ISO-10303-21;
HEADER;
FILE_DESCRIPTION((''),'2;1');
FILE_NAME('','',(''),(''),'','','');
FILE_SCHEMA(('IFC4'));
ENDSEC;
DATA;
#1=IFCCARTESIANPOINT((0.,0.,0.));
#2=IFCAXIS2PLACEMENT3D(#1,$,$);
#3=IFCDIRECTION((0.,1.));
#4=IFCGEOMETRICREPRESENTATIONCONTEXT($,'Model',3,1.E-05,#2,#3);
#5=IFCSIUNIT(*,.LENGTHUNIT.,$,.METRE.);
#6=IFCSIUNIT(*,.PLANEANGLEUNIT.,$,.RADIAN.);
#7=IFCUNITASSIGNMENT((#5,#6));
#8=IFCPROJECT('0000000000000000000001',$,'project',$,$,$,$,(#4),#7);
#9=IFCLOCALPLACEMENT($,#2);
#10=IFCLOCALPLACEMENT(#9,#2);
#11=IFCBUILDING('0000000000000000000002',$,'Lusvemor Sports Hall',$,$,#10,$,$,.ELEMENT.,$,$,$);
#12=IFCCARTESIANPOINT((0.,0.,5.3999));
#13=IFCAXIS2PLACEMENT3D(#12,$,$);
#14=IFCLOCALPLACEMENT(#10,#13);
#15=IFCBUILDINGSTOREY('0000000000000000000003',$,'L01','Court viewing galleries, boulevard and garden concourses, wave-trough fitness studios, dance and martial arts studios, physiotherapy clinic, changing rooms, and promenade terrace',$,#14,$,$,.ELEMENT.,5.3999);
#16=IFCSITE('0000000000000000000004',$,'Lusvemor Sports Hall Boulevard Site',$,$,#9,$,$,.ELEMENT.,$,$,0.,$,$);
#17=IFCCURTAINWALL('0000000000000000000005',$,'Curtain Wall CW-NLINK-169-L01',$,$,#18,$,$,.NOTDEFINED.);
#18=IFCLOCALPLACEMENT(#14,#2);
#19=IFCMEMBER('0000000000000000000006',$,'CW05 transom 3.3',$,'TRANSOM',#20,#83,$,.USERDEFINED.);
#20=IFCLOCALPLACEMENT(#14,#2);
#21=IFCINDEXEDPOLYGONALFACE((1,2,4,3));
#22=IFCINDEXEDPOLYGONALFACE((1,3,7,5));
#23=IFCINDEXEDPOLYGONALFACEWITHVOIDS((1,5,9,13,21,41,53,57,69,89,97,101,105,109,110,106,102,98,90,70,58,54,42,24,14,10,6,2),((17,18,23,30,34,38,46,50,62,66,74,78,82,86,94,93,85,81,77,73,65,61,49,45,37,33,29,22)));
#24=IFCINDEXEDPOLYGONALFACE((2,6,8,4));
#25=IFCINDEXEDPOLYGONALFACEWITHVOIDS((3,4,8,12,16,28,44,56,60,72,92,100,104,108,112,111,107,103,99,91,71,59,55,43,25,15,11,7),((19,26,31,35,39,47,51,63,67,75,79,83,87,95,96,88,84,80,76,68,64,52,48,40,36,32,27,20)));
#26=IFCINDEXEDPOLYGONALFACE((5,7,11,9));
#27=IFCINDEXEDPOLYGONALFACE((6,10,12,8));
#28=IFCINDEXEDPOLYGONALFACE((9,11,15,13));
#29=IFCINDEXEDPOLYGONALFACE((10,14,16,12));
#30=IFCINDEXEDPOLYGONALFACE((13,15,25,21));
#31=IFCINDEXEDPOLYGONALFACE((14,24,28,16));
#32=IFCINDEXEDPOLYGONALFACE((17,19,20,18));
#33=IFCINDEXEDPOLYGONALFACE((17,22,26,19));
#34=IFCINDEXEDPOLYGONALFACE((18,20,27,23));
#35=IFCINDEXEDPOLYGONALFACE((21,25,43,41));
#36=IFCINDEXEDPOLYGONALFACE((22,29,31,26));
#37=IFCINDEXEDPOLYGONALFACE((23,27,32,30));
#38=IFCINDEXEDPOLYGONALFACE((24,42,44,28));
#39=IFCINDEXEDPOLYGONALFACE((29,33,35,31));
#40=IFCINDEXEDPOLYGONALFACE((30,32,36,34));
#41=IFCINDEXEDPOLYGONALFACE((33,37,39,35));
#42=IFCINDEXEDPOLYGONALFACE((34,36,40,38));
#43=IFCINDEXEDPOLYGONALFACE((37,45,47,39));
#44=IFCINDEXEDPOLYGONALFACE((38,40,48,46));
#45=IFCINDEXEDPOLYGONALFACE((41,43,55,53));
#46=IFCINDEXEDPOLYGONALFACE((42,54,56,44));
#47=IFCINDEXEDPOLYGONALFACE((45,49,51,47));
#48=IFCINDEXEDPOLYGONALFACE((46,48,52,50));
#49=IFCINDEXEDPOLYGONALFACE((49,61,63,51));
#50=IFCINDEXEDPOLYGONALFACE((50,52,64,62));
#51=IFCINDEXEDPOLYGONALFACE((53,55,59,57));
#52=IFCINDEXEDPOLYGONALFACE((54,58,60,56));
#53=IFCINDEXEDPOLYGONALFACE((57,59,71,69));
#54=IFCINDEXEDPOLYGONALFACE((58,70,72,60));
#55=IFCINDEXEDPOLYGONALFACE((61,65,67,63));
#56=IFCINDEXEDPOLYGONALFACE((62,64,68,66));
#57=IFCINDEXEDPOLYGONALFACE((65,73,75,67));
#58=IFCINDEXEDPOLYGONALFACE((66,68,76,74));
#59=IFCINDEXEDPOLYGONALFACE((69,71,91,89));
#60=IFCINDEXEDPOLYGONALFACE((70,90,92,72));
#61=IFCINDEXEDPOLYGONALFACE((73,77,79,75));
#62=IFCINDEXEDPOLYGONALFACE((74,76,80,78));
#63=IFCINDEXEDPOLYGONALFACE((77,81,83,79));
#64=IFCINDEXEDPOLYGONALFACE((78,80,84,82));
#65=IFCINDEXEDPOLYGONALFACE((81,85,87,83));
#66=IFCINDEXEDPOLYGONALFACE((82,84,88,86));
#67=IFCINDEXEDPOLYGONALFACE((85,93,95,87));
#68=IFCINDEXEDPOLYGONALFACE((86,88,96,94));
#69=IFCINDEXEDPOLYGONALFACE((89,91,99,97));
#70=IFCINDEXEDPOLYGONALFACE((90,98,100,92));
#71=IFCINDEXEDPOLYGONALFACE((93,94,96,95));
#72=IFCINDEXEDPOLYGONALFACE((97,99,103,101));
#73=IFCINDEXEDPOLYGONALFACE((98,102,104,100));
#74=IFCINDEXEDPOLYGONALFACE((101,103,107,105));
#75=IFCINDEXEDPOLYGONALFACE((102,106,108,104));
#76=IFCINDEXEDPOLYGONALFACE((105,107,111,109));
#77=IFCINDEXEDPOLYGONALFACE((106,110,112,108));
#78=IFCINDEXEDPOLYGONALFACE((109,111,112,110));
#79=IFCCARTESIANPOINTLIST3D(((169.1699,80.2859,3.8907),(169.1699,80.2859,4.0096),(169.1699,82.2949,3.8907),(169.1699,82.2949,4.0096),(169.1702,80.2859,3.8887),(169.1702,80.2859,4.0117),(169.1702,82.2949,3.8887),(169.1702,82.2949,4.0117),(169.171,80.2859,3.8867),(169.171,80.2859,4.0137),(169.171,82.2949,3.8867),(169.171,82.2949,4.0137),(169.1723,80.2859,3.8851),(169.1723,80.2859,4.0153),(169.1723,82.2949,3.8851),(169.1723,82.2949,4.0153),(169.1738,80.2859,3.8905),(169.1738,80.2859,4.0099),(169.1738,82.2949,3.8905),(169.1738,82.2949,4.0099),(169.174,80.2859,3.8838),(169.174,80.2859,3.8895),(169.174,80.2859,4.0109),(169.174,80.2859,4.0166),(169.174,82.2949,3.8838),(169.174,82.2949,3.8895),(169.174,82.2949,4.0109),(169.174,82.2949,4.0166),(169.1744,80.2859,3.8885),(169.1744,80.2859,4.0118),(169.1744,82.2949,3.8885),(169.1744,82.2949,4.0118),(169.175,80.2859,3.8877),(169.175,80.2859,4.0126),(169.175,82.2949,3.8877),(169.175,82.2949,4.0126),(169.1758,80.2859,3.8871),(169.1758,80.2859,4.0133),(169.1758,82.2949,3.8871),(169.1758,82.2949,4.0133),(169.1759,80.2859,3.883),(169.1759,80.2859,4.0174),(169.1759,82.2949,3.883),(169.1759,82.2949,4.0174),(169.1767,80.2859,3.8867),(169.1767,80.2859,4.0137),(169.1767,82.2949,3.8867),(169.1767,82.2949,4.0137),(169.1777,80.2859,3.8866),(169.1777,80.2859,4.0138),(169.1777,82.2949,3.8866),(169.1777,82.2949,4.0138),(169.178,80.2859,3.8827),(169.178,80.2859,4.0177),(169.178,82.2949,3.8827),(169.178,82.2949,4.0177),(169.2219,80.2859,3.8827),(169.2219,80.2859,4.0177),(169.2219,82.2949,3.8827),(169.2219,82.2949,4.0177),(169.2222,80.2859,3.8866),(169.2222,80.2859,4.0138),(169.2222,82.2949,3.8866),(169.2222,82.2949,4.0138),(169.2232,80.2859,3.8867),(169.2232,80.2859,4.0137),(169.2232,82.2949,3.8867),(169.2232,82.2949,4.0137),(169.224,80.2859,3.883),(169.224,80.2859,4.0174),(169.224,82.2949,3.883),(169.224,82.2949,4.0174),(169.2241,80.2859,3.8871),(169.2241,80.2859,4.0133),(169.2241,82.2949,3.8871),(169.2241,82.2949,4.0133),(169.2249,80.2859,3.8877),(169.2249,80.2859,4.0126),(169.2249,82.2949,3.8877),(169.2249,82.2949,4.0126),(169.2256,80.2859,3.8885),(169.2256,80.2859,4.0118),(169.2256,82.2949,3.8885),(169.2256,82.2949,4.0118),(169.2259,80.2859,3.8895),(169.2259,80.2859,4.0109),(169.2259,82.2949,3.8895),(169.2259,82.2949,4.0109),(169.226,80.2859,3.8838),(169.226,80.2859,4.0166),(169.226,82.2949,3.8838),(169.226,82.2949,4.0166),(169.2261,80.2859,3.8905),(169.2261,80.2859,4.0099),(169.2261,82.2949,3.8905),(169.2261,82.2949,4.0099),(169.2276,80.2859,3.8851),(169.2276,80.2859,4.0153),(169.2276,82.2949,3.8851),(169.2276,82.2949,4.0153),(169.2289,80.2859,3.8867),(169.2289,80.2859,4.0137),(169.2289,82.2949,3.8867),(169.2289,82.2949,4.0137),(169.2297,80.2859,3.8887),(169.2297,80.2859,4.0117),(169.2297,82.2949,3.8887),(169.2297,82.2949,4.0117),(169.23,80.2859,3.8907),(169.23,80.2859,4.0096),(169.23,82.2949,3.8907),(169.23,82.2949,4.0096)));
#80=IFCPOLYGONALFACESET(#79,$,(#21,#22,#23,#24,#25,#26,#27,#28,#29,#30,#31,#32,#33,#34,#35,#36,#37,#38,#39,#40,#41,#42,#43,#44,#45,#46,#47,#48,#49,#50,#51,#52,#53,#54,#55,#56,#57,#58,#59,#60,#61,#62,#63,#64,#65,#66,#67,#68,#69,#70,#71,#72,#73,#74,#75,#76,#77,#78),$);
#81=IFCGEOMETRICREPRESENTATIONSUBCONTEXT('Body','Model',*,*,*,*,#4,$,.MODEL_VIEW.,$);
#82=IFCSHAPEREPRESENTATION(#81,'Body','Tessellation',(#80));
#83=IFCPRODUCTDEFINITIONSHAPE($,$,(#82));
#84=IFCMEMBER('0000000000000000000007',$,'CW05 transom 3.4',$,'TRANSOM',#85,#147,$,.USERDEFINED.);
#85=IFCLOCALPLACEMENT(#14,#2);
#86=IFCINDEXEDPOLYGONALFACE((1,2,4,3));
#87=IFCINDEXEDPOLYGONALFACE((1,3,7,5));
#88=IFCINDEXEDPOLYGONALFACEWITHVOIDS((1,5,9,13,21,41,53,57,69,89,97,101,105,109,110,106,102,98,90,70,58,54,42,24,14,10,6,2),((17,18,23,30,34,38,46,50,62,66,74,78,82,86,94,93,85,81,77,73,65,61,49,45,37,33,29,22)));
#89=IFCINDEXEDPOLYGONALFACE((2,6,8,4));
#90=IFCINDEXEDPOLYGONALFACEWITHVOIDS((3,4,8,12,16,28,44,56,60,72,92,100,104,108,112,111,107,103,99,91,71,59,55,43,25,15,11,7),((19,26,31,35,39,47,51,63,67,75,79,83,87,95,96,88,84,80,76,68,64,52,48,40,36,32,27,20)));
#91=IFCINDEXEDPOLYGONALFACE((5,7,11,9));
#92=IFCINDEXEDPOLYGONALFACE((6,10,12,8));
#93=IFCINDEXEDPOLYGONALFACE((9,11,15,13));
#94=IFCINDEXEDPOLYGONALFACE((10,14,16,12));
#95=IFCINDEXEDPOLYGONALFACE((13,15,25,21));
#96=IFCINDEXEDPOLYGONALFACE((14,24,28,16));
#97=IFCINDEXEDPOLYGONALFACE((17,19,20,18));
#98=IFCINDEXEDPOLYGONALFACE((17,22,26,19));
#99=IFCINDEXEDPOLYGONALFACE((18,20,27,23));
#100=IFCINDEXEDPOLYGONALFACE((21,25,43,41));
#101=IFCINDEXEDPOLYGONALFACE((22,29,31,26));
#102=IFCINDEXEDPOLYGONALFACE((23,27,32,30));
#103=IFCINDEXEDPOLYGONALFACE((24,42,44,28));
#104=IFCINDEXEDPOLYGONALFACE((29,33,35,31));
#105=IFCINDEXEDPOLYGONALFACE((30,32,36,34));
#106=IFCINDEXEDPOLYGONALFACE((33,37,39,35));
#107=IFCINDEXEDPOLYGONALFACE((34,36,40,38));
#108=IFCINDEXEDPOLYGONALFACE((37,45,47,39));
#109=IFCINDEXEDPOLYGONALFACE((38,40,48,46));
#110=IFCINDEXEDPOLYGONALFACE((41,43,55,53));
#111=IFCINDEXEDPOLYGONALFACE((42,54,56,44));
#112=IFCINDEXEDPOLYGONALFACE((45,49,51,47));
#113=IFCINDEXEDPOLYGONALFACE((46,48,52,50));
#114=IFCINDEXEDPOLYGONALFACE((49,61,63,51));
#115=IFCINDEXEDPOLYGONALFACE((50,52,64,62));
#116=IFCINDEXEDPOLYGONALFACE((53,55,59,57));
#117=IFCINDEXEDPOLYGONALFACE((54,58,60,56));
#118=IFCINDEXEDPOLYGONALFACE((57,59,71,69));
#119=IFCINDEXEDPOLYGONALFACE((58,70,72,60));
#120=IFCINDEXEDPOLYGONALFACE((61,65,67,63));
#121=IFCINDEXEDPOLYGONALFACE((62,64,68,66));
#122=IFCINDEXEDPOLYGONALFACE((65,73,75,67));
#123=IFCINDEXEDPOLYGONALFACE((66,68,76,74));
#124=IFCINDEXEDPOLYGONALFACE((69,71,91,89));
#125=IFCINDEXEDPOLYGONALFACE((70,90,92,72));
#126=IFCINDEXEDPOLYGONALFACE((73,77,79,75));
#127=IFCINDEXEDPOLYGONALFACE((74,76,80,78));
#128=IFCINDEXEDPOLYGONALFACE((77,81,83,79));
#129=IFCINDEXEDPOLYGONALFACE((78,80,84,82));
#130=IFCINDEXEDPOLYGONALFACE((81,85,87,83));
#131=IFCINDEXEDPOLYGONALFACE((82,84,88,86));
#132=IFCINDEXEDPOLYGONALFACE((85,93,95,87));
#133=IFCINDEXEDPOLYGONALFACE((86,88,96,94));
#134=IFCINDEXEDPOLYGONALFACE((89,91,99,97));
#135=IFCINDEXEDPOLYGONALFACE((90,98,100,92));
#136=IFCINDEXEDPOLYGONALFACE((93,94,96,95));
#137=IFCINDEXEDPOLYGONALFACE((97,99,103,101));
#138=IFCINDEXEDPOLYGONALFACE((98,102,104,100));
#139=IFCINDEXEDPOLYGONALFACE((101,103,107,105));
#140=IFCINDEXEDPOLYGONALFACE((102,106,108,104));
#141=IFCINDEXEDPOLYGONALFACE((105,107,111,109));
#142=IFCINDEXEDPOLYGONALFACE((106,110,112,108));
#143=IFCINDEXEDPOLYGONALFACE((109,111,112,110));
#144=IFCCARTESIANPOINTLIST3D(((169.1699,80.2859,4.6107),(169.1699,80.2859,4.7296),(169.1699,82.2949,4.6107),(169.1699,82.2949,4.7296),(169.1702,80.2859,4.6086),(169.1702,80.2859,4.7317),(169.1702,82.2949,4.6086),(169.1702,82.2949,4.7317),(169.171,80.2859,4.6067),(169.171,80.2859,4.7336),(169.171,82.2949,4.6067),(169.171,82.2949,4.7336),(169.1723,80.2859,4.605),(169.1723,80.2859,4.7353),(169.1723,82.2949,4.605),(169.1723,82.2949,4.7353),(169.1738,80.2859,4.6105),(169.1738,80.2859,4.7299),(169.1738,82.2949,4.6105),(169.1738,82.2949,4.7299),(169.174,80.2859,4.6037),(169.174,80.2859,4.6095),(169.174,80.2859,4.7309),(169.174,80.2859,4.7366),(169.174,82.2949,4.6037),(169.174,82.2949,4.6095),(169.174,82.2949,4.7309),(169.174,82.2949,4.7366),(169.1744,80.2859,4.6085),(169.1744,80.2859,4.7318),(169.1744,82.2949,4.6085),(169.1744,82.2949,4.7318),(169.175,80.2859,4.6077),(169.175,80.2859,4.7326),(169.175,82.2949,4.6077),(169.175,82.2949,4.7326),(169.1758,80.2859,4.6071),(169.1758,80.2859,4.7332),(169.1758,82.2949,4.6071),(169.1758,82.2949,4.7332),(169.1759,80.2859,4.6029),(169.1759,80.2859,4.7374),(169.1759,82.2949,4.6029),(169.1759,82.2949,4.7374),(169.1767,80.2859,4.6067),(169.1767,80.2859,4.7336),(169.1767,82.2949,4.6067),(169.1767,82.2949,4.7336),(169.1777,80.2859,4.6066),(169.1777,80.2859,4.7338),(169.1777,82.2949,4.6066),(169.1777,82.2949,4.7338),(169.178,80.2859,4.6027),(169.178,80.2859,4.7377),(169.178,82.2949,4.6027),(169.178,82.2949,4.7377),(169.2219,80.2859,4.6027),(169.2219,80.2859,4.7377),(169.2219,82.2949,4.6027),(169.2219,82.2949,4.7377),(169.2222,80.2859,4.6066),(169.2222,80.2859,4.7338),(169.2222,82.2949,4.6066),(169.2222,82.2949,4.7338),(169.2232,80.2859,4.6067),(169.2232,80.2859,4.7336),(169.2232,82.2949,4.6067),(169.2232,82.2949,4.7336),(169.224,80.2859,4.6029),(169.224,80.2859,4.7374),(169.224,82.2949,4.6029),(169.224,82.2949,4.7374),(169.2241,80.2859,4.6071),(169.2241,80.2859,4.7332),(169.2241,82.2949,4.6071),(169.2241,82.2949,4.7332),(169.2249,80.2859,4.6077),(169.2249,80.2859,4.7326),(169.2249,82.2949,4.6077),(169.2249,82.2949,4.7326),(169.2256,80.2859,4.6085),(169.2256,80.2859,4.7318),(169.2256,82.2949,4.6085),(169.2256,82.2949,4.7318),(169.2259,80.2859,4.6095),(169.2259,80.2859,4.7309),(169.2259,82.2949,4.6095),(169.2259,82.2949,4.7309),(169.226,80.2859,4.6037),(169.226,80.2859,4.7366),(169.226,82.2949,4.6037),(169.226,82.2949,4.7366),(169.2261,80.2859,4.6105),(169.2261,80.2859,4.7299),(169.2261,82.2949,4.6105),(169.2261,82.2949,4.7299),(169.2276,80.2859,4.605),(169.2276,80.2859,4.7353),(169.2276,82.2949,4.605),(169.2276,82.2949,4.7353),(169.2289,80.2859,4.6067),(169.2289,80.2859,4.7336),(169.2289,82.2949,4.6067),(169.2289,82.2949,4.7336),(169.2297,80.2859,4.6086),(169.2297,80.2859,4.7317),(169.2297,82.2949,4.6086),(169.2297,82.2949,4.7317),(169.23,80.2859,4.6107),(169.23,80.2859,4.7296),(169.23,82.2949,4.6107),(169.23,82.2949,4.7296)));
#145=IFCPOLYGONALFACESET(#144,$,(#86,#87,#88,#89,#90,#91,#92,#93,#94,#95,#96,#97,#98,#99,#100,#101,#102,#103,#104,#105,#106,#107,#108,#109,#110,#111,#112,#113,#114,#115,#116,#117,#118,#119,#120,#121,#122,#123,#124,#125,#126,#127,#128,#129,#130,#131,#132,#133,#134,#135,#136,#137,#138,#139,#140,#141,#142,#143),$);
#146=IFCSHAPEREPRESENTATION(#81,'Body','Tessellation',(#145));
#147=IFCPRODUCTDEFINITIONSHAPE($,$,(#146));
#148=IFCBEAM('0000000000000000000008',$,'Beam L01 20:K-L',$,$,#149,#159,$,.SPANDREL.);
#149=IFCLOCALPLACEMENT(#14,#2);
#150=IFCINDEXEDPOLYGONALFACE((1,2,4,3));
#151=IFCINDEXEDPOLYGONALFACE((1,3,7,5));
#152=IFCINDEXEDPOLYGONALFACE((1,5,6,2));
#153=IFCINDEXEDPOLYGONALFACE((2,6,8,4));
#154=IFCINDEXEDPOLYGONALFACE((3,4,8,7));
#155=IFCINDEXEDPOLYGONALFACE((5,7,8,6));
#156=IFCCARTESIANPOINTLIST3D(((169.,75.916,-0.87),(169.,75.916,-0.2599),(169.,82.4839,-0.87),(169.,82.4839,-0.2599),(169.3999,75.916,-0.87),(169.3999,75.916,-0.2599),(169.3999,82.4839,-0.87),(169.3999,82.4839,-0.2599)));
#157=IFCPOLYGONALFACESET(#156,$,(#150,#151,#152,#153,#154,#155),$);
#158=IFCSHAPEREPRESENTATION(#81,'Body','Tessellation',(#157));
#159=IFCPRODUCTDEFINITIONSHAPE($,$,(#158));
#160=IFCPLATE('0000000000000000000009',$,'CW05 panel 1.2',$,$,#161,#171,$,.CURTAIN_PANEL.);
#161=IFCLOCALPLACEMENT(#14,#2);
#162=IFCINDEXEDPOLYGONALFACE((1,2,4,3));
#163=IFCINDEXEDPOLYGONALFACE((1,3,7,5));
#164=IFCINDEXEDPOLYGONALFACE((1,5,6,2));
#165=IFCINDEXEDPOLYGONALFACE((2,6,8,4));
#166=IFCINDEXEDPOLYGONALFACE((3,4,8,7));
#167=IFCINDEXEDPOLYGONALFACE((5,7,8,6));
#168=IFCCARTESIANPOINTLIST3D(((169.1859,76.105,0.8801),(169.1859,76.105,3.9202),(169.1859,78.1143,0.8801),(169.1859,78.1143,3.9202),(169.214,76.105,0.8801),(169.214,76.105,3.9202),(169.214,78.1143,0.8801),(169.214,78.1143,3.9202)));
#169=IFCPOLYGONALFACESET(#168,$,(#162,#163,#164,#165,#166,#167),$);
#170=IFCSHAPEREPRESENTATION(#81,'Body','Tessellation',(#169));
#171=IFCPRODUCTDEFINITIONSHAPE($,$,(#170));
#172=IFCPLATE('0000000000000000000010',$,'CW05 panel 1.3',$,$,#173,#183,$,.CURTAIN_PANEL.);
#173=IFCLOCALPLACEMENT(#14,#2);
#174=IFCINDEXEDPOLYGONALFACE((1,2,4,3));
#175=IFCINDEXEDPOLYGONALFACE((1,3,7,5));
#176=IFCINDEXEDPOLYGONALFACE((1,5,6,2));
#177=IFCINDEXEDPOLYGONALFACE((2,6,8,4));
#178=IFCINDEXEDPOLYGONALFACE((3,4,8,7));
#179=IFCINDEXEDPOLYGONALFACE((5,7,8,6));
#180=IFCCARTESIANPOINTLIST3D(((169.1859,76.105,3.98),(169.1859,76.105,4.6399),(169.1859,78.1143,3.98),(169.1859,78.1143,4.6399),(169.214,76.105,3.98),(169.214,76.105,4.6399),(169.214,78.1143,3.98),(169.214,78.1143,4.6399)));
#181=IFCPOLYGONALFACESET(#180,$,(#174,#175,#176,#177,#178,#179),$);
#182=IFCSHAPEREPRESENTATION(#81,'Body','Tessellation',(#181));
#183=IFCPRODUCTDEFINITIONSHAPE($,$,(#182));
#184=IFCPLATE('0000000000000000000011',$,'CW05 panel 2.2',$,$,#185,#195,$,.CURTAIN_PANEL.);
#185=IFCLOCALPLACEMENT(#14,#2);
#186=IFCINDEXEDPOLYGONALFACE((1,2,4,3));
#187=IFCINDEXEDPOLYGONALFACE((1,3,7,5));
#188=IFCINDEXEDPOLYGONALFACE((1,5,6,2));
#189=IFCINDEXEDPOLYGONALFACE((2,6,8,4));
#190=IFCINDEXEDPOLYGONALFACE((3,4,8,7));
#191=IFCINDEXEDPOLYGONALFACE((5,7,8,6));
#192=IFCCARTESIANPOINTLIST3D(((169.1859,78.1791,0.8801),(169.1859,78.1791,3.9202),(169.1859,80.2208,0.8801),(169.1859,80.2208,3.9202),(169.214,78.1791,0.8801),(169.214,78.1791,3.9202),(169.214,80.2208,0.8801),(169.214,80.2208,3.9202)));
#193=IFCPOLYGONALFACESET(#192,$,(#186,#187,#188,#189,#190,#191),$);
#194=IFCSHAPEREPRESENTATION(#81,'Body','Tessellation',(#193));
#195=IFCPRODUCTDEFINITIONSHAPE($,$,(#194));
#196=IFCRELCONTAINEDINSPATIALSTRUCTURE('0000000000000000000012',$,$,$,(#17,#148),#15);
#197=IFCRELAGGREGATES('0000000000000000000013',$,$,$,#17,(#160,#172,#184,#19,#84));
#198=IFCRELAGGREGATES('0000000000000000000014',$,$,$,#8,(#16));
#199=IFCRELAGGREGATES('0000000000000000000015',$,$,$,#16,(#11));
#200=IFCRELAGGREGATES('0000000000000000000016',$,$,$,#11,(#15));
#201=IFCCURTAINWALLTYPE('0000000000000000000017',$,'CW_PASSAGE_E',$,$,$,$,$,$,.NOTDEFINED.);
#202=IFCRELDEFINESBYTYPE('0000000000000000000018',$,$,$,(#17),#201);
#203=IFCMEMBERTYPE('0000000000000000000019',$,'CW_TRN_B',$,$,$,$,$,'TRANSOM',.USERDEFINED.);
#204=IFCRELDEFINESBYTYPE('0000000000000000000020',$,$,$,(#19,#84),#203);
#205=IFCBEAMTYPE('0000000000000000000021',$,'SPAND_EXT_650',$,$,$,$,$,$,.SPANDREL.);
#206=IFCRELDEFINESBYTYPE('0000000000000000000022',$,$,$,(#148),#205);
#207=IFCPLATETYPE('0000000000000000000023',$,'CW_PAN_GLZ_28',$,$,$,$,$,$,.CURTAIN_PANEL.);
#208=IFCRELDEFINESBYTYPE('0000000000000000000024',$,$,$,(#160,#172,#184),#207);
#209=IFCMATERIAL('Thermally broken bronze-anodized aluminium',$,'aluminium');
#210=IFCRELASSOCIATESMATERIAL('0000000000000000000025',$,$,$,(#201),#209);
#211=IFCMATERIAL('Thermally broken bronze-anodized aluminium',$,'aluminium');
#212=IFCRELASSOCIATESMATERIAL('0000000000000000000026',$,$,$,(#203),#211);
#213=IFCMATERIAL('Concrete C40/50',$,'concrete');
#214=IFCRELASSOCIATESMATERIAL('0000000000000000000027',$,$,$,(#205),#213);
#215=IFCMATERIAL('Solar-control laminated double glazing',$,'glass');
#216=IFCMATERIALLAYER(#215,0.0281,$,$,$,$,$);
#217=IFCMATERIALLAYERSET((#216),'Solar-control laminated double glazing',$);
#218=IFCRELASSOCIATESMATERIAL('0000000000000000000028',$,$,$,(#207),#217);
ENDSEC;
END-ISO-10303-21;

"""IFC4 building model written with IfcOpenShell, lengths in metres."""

from ifc_helpers import new_model, si_unit, direction, frame, origin, origin_2d, place, context, subcontext, project, spatial, rectangle, hollow_rectangle, extrude, material, layer, layer_set, material_profile, profile_set, type_object, element, aggregate, save


model = new_model("IFC4")

# Units and contexts
model_context = context("Model", 3, precision=1e-05, world=origin(), true_north=direction((0.0, 1.0)))
body_context = subcontext(model_context, "Body", "Model", "MODEL_VIEW")
ifc_project = project(units=[si_unit("LENGTHUNIT", "METRE"), si_unit("PLANEANGLEUNIT", "RADIAN")], contexts=[model_context])

# Site, building, storey
site_placement = place(None, origin())
site = spatial("IfcSite", under=ifc_project, at=site_placement, Name="Lusvemor Sports Hall Boulevard Site", CompositionType="ELEMENT", RefElevation=0.0)
building_placement = place(site_placement, origin())
building = spatial("IfcBuilding", under=site, at=building_placement, Name="Lusvemor Sports Hall", CompositionType="ELEMENT")
storey_placement = place(building_placement, frame((0.0, 0.0, 5.3999)))
storey = spatial("IfcBuildingStorey", under=building, at=storey_placement, Name="L01", Description="Court viewing galleries, boulevard and garden concourses, wave-trough fitness studios, dance and martial arts studios, physiotherapy clinic, changing rooms, and promenade terrace", CompositionType="ELEMENT", Elevation=5.3999)

# Curtain wall, members
ifc_material_1 = material(Name="Thermally broken bronze-anodized aluminium", Category="aluminium")
curtain_wall_type = type_object("IfcCurtainWallType", Name="CW_PASSAGE_E", PredefinedType="NOTDEFINED", material=ifc_material_1)
curtain_wall_placement = place(storey_placement, origin())
curtain_wall = element("IfcCurtainWall", 1, at=curtain_wall_placement, inside=storey, type_object=curtain_wall_type, Name="Curtain Wall CW-NLINK-169-L01", PredefinedType="NOTDEFINED")
ifc_material_2 = material(Name="Thermally broken bronze-anodized aluminium", Category="aluminium")
ifc_material_profile_1 = material_profile(ifc_material_2, hollow_rectangle(XDim=0.0601, YDim=0.135, WallThickness=0.0039, InnerFilletRadius=0.0039, OuterFilletRadius=0.0081, at=origin_2d()), Name="CWTRN135x60x4")
ifc_profile_set_1 = profile_set([ifc_material_profile_1], Name="Thermally broken bronze-anodized aluminium")
member_type_1 = type_object("IfcMemberType", Name="CW_TRN_B", ElementType="TRANSOM", PredefinedType="USERDEFINED", material=ifc_profile_set_1)
member_1_placement = place(storey_placement, frame((169.2, 80.2859, 3.9502), z_axis=(0.0, 1.0, 0.0), x_axis=(-1.0, 0.0, 0.0)))
member_1 = element("IfcMember", 2, at=member_1_placement, type_object=member_type_1, Name="CW05 transom 3.3", ObjectType="TRANSOM", PredefinedType="USERDEFINED", context=body_context, shape_type="SweptSolid", body=[
    extrude(hollow_rectangle(XDim=0.0601, YDim=0.135, WallThickness=0.0039, InnerFilletRadius=0.0039, OuterFilletRadius=0.0081, at=origin_2d()), origin(), (0.0, 0.0, 1.0), 2.009),
])
member_2_placement = place(storey_placement, frame((169.2, 80.2859, 4.6702), z_axis=(0.0, 1.0, 0.0), x_axis=(-1.0, 0.0, 0.0)))
member_2 = element("IfcMember", 3, at=member_2_placement, type_object=member_type_1, Name="CW05 transom 3.4", ObjectType="TRANSOM", PredefinedType="USERDEFINED", context=body_context, shape_type="SweptSolid", body=[
    extrude(hollow_rectangle(XDim=0.0601, YDim=0.135, WallThickness=0.0039, InnerFilletRadius=0.0039, OuterFilletRadius=0.0081, at=origin_2d()), origin(), (0.0, 0.0, 1.0), 2.009),
])

# Beam
ifc_material_3 = material(Name="Concrete C40/50", Category="concrete")
ifc_material_profile_2 = material_profile(ifc_material_3, rectangle(XDim=0.3999, YDim=0.6101, at=origin_2d()), Name="RC400x610")
ifc_profile_set_2 = profile_set([ifc_material_profile_2], Name="Concrete C40/50")
beam_type = type_object("IfcBeamType", Name="SPAND_EXT_650", PredefinedType="SPANDREL", material=ifc_profile_set_2)
beam_placement = place(storey_placement, frame((169.2, 75.916, -0.5649), z_axis=(0.0, 1.0, 0.0), x_axis=(-1.0, 0.0, 0.0)))
element("IfcBeam", 4, at=beam_placement, inside=storey, type_object=beam_type, Name="Beam L01 20:K-L", PredefinedType="SPANDREL", context=body_context, shape_type="SweptSolid", body=[
    extrude(rectangle(XDim=0.3999, YDim=0.6101, at=origin_2d()), origin(), (0.0, 0.0, 1.0), 6.5679),
])

# Plates
ifc_material_4 = material(Name="Solar-control laminated double glazing", Category="glass")
ifc_layer_1 = layer(ifc_material_4, 0.0281)
ifc_layer_set_1 = layer_set([ifc_layer_1], Name="Solar-control laminated double glazing")
plate_type_1 = type_object("IfcPlateType", Name="CW_PAN_GLZ_28", PredefinedType="CURTAIN_PANEL", material=ifc_layer_set_1)
plate_1_placement = place(storey_placement, frame((169.2, 77.1096, 0.8801), z_axis=(0.0, 0.0, 1.0), x_axis=(0.0, 1.0, 0.0)))
plate_1 = element("IfcPlate", 5, at=plate_1_placement, type_object=plate_type_1, Name="CW05 panel 1.2", PredefinedType="CURTAIN_PANEL", context=body_context, shape_type="SweptSolid", body=[
    extrude(rectangle(XDim=2.0093, YDim=0.0281, at=origin_2d()), origin(), (0.0, 0.0, 1.0), 3.04),
])
plate_2_placement = place(storey_placement, frame((169.2, 77.1096, 3.98), z_axis=(0.0, 0.0, 1.0), x_axis=(0.0, 1.0, 0.0)))
plate_2 = element("IfcPlate", 6, at=plate_2_placement, type_object=plate_type_1, Name="CW05 panel 1.3", PredefinedType="CURTAIN_PANEL", context=body_context, shape_type="SweptSolid", body=[
    extrude(rectangle(XDim=2.0093, YDim=0.0281, at=origin_2d()), origin(), (0.0, 0.0, 1.0), 0.6599),
])
plate_3_placement = place(storey_placement, frame((169.2, 79.2, 0.8801), z_axis=(0.0, 0.0, 1.0), x_axis=(0.0, 1.0, 0.0)))
plate_3 = element("IfcPlate", 7, at=plate_3_placement, type_object=plate_type_1, Name="CW05 panel 2.2", PredefinedType="CURTAIN_PANEL", context=body_context, shape_type="SweptSolid", body=[
    extrude(rectangle(XDim=2.0417, YDim=0.0281, at=origin_2d()), origin(), (0.0, 0.0, 1.0), 3.04),
])
aggregate(curtain_wall, [plate_1, plate_2, plate_3, member_1, member_2])

save(model, "model.ifc")
